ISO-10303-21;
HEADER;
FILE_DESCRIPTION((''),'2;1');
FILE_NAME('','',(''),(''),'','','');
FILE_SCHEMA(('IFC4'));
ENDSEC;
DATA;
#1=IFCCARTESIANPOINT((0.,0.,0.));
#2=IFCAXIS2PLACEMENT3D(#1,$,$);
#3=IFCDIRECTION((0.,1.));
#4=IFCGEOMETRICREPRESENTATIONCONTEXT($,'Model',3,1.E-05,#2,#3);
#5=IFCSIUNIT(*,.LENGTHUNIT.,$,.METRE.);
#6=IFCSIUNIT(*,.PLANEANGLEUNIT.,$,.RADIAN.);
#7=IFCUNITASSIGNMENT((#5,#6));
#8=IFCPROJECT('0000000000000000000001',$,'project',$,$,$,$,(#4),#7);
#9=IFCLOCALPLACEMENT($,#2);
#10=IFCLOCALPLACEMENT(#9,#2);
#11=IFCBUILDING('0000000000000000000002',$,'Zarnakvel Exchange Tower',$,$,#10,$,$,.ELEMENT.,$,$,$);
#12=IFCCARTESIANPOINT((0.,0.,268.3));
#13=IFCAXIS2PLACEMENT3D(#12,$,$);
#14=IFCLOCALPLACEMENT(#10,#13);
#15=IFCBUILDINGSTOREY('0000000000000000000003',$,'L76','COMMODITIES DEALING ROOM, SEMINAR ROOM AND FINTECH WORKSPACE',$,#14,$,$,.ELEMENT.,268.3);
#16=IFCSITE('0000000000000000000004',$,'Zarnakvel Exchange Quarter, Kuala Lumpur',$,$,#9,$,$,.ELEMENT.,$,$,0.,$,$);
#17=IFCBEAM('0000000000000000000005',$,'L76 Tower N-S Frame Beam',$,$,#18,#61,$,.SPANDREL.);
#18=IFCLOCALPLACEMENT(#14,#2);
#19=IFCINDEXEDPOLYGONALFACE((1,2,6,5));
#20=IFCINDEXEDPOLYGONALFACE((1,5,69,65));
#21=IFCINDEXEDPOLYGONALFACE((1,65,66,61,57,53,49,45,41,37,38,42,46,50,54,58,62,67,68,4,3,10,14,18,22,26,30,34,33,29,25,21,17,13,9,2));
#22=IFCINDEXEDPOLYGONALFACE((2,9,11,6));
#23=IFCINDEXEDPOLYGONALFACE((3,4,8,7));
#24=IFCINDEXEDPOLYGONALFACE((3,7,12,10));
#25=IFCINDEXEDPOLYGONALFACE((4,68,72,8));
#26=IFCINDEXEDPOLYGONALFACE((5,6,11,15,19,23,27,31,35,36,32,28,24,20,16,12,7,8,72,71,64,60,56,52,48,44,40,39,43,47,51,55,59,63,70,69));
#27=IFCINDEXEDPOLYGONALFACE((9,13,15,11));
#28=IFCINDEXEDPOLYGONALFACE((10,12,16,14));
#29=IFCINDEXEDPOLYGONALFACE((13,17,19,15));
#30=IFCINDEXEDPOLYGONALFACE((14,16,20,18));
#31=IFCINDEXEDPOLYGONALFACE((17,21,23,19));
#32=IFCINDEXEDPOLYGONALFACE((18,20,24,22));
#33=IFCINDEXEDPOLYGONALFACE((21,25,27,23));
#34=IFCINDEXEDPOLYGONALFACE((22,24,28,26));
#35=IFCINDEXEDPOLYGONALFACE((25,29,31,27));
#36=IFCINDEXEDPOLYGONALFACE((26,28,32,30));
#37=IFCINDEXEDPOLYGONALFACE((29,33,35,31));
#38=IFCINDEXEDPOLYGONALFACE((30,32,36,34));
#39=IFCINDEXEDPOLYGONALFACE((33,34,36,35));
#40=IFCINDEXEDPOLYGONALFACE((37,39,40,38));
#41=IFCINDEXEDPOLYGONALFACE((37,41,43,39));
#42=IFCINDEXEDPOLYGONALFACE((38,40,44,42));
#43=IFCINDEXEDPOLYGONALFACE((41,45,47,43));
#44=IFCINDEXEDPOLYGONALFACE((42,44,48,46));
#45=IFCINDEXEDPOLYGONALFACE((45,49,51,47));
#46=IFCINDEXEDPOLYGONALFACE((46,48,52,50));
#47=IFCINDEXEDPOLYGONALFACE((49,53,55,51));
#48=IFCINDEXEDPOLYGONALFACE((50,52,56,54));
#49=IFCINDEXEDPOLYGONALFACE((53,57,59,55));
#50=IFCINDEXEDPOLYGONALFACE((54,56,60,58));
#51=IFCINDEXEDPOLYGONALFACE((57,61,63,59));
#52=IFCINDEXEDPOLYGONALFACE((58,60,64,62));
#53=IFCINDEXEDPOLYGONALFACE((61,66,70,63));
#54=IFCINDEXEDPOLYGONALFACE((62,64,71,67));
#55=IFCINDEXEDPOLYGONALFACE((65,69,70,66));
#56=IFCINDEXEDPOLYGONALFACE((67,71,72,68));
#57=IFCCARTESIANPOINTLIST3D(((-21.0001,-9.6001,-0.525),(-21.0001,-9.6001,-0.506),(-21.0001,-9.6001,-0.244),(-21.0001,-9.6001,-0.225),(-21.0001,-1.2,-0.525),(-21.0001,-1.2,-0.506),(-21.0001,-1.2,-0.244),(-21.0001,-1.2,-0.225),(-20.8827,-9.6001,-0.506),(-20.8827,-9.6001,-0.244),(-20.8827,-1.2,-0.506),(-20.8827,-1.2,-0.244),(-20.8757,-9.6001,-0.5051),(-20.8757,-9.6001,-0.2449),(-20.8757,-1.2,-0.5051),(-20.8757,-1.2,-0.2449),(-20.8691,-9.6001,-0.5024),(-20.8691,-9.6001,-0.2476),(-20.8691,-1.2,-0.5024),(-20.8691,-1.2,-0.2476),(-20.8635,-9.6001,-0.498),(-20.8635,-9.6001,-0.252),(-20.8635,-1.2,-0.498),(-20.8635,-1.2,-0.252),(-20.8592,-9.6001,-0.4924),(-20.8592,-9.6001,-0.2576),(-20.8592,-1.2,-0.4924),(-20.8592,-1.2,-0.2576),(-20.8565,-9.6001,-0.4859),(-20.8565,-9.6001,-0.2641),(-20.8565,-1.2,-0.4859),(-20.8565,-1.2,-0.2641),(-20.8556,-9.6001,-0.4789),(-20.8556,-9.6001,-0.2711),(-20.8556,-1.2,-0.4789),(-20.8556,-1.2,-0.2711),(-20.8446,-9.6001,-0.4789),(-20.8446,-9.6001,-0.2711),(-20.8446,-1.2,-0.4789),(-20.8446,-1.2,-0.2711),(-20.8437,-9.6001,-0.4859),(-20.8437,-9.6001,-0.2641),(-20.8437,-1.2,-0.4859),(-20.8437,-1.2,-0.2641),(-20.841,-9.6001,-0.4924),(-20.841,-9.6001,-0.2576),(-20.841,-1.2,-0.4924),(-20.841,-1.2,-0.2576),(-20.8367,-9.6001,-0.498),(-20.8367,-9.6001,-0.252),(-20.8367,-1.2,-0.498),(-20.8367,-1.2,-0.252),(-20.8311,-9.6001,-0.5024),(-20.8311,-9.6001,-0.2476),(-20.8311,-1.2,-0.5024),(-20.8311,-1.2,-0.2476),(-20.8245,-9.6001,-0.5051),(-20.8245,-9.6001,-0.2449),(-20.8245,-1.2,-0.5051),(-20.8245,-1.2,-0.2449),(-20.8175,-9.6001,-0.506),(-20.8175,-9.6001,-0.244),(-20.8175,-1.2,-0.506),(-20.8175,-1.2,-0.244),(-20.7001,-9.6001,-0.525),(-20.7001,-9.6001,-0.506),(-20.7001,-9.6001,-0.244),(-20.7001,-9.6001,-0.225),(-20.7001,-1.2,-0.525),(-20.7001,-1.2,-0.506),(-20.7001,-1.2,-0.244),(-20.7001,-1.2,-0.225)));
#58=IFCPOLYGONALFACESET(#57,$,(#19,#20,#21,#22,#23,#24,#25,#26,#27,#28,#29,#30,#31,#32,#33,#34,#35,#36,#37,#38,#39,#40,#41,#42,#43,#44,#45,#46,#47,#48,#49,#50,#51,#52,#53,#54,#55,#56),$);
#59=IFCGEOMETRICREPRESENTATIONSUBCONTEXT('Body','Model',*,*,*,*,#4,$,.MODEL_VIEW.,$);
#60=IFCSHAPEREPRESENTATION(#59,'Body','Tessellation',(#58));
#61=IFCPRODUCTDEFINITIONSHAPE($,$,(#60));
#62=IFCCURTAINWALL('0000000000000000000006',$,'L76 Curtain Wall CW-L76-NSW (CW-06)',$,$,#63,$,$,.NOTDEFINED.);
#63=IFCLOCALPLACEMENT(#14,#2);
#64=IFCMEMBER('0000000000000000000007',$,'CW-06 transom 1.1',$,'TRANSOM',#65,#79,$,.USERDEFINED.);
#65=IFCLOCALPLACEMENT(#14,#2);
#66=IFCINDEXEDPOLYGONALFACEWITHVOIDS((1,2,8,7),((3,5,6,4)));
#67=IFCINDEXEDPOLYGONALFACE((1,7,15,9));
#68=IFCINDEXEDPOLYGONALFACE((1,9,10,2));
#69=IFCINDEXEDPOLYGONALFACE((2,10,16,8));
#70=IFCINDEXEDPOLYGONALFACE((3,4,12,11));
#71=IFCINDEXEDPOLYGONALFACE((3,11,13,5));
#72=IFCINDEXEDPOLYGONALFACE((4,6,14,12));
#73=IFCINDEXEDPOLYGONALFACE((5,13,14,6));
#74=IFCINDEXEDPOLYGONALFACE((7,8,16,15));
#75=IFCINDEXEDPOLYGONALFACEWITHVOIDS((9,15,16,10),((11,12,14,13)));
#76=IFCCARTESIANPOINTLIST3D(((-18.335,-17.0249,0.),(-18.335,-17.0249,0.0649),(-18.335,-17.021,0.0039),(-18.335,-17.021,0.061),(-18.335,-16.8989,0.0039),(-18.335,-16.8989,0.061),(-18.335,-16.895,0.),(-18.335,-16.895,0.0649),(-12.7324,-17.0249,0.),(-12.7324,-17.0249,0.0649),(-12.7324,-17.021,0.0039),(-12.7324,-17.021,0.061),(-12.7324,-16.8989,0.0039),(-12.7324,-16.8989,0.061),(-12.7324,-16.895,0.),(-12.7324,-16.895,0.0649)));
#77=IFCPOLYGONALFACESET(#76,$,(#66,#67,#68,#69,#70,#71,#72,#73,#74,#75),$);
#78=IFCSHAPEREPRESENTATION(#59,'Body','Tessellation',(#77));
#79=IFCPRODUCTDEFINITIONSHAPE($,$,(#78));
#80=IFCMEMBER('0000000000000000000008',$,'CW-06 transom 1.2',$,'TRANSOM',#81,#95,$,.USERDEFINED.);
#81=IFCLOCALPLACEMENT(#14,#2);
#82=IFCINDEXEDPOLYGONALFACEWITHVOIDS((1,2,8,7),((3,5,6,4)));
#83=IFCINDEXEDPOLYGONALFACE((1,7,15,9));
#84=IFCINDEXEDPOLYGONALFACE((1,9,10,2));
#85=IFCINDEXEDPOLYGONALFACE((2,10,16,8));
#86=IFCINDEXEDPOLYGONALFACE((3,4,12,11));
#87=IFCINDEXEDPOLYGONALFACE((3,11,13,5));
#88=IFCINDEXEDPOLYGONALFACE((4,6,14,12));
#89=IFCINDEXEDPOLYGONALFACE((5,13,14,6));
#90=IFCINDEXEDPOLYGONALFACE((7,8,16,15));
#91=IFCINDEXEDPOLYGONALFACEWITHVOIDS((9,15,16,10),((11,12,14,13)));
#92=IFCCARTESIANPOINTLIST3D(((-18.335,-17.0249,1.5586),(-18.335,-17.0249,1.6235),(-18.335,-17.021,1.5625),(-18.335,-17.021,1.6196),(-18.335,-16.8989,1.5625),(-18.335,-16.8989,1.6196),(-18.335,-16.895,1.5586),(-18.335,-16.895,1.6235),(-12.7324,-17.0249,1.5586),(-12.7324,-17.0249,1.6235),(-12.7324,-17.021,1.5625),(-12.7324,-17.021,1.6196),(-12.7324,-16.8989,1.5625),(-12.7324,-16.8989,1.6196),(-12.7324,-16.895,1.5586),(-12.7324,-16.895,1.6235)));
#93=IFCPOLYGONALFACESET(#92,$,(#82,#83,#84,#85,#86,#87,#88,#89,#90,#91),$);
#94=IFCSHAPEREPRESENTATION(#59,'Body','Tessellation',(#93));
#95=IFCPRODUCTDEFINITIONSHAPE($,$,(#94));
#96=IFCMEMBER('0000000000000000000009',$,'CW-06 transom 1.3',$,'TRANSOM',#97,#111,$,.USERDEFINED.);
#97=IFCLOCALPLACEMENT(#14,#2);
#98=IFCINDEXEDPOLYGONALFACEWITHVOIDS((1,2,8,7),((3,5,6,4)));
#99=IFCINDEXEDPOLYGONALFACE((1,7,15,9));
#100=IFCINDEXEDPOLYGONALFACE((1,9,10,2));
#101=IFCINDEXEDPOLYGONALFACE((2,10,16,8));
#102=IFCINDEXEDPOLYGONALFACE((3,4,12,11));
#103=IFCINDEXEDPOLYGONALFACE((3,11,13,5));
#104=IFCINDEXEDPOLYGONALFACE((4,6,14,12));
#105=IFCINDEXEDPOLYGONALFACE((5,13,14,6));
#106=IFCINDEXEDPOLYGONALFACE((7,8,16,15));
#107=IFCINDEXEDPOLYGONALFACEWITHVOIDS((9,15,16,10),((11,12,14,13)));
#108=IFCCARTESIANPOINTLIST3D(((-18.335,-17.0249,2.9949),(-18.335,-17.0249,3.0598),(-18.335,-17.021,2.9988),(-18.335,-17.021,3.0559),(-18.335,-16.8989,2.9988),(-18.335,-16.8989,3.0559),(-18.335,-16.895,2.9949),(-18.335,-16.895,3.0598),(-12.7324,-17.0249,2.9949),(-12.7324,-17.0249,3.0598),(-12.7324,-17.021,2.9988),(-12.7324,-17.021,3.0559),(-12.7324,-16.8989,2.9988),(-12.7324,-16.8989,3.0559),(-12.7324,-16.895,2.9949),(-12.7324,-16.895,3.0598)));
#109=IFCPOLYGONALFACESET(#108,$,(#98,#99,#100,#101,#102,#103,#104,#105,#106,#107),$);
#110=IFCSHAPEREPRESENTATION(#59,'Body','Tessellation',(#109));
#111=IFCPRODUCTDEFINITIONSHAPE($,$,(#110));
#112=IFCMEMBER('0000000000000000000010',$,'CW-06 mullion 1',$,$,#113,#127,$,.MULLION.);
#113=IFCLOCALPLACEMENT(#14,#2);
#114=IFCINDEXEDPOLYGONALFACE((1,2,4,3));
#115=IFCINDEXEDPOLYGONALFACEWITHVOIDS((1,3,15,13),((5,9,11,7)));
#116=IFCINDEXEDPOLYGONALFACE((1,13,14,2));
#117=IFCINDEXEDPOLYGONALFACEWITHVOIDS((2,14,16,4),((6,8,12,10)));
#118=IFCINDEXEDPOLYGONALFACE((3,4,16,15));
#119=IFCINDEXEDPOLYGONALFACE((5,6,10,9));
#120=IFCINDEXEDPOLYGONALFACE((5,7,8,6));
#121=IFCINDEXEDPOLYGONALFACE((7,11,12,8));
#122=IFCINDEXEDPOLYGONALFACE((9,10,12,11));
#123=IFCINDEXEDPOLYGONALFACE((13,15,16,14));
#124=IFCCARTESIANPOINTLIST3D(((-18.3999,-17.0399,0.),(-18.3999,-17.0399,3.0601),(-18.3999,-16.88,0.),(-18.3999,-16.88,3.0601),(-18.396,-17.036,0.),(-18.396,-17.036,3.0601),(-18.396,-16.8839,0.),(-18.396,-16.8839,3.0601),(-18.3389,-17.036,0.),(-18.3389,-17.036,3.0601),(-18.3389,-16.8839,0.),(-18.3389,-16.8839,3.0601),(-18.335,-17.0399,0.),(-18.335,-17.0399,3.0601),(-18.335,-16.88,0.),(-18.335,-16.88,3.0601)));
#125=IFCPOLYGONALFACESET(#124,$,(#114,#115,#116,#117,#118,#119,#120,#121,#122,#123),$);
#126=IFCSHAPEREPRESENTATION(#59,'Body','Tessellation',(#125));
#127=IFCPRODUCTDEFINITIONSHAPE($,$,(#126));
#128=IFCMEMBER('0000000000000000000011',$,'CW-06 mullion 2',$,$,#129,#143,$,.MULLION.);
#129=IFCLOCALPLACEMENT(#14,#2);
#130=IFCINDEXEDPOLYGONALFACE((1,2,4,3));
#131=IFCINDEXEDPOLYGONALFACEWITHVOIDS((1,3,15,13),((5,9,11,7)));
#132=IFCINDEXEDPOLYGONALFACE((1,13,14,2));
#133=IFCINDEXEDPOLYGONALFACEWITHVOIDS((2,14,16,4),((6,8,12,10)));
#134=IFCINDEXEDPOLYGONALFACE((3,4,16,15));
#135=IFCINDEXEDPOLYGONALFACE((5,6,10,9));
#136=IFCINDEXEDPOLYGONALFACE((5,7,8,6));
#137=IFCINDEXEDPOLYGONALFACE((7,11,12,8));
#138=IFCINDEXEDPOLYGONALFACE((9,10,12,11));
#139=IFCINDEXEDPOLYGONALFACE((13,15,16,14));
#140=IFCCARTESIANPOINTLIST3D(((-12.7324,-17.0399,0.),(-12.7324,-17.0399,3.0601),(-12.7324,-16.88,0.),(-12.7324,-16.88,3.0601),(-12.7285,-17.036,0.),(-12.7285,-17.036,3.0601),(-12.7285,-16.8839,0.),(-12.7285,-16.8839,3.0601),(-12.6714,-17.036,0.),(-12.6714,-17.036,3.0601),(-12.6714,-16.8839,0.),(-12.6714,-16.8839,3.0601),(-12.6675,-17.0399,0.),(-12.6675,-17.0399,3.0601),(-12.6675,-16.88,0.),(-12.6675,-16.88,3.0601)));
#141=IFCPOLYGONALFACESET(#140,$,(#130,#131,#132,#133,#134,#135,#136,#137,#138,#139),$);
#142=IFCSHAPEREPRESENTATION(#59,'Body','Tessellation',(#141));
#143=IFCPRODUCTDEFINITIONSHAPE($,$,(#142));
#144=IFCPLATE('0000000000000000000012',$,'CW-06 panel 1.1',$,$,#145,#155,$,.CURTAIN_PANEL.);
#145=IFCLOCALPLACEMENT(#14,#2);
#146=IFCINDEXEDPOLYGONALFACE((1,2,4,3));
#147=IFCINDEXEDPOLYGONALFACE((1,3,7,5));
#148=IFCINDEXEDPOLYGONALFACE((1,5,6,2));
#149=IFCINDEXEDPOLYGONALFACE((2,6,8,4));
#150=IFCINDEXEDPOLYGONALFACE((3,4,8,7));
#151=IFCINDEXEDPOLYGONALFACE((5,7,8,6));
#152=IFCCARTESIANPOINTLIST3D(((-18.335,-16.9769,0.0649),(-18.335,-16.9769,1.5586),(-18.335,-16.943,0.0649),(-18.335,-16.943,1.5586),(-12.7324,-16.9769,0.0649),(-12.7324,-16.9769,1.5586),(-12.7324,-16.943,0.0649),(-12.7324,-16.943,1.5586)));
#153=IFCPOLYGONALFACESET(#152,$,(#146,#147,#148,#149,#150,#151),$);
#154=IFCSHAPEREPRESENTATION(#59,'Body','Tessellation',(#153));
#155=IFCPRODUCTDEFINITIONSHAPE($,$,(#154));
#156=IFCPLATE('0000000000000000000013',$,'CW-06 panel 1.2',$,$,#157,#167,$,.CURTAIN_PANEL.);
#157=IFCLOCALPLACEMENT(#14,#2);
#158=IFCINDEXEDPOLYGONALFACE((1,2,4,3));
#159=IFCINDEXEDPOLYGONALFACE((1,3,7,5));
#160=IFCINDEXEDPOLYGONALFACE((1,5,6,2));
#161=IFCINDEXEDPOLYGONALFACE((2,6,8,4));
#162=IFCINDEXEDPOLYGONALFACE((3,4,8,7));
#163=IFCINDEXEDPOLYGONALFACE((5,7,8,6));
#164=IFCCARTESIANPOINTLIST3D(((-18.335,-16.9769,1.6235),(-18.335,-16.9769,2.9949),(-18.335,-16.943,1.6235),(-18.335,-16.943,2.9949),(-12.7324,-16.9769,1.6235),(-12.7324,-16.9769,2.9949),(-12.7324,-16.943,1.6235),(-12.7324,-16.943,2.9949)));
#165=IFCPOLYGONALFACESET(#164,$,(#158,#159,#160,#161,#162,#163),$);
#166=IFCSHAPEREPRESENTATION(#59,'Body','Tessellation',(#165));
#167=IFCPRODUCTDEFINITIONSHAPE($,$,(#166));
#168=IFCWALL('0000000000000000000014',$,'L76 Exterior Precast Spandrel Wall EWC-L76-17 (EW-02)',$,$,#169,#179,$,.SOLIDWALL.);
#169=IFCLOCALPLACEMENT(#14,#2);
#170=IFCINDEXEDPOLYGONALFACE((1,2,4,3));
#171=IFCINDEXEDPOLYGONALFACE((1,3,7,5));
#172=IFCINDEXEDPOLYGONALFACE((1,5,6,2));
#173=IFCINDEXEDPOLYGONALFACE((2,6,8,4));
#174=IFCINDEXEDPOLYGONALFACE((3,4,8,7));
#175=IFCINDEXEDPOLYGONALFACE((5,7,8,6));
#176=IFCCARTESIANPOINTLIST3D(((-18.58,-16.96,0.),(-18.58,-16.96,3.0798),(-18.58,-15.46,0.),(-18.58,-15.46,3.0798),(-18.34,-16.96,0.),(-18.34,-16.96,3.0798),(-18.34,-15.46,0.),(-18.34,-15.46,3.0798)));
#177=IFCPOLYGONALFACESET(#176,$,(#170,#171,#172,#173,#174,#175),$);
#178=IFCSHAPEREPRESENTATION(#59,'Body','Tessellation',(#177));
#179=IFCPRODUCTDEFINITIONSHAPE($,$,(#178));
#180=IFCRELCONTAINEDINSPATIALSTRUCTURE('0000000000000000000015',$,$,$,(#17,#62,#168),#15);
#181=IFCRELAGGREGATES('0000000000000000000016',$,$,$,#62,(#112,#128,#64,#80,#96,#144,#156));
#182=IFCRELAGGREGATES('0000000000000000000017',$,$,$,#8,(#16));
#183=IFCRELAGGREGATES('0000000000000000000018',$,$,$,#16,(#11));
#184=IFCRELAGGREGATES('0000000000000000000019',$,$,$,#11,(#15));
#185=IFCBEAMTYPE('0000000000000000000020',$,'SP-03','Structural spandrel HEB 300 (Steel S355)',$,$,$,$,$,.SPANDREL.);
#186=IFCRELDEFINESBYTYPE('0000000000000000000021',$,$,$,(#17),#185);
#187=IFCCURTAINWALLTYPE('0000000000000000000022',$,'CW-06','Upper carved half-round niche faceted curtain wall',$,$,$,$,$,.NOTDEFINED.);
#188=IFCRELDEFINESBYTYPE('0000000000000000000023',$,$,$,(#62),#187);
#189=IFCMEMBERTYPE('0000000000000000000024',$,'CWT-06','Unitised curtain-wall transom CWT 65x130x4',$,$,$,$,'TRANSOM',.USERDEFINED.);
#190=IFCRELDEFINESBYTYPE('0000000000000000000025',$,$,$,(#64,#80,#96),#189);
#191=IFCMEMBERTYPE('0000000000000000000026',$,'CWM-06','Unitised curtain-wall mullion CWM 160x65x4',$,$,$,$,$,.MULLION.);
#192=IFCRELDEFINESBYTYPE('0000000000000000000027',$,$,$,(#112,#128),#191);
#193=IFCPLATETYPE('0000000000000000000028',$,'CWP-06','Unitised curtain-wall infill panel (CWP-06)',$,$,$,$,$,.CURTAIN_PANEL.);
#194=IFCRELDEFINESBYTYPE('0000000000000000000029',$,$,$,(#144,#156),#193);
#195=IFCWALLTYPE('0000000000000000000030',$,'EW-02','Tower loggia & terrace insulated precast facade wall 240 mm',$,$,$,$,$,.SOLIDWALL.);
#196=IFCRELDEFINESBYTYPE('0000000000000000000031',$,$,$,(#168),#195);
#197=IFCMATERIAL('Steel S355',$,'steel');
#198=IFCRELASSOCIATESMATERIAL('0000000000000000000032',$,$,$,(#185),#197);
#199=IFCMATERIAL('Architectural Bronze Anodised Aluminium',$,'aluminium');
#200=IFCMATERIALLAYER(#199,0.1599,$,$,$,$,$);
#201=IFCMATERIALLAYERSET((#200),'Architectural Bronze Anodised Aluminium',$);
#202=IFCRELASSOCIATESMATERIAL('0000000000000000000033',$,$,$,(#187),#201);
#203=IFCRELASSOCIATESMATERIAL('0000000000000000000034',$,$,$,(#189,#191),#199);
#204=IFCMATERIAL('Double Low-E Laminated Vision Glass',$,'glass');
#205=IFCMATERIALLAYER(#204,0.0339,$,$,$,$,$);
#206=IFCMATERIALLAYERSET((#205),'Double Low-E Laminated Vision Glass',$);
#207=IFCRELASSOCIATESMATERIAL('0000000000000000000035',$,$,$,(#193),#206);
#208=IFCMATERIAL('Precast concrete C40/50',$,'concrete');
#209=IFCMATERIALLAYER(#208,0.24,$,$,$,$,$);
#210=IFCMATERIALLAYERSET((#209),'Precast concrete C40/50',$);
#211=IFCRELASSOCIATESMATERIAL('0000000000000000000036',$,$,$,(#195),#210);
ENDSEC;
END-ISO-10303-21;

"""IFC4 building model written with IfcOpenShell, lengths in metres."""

from ifc_helpers import new_model, si_unit, direction, frame, frame_2d, origin, origin_2d, place, context, subcontext, project, spatial, rectangle, hollow_rectangle, i_section, extrude, source, transform, mapped, material, layer, layer_set, material_profile, profile_set, type_object, element, aggregate, save


model = new_model("IFC4")

# Units and contexts
model_context = context("Model", 3, precision=1e-05, world=origin(), true_north=direction((0.0, 1.0)))
body_context = subcontext(model_context, "Body", "Model", "MODEL_VIEW")
ifc_project = project(units=[si_unit("LENGTHUNIT", "METRE"), si_unit("PLANEANGLEUNIT", "RADIAN")], contexts=[model_context])

# Site, building, storey
site_placement = place(None, origin())
site = spatial("IfcSite", under=ifc_project, at=site_placement, Name="Zarnakvel Exchange Quarter, Kuala Lumpur", CompositionType="ELEMENT", RefElevation=0.0)
building_placement = place(site_placement, origin())
building = spatial("IfcBuilding", under=site, at=building_placement, Name="Zarnakvel Exchange Tower", CompositionType="ELEMENT")
storey_placement = place(building_placement, frame((0.0, 0.0, 268.3)))
storey = spatial("IfcBuildingStorey", under=building, at=storey_placement, Name="L76", Description="COMMODITIES DEALING ROOM, SEMINAR ROOM AND FINTECH WORKSPACE", CompositionType="ELEMENT", Elevation=268.3)

# Shared definitions
ifc_material_1 = material(Name="Steel S355", Category="steel")

# Beam
ifc_material_profile_1 = material_profile(ifc_material_1, i_section(OverallWidth=0.3, OverallDepth=0.3, WebThickness=0.011, FlangeThickness=0.019, FilletRadius=0.0271, at=origin_2d()))
ifc_profile_set_1 = profile_set([ifc_material_profile_1], Name="Steel S355")
beam_type_1 = type_object("IfcBeamType", Name="SP-03", Description="Structural spandrel HEB 300 (Steel S355)", PredefinedType="SPANDREL", material=ifc_profile_set_1)
beam_1_placement = place(storey_placement, frame((-20.8501, -9.6001, -0.375), z_axis=(0.0, 1.0, 0.0), x_axis=(-1.0, 0.0, 0.0)))
element("IfcBeam", 1, at=beam_1_placement, inside=storey, type_object=beam_type_1, Name="L76 Tower N-S Frame Beam", PredefinedType="SPANDREL", context=body_context, shape_type="SweptSolid", body=[
    extrude(i_section(OverallWidth=0.3, OverallDepth=0.3, WebThickness=0.011, FlangeThickness=0.019, FilletRadius=0.0271, at=origin_2d()), origin(), (0.0, 0.0, 1.0), 8.4001),
])

# Curtain wall, members, plates
ifc_material_2 = material(Name="Architectural Bronze Anodised Aluminium", Category="aluminium")
ifc_layer_1 = layer(ifc_material_2, 0.1599)
ifc_layer_set_1 = layer_set([ifc_layer_1], Name="Architectural Bronze Anodised Aluminium")
curtain_wall_type = type_object("IfcCurtainWallType", Name="CW-06", Description="Upper carved half-round niche faceted curtain wall", PredefinedType="NOTDEFINED", material=ifc_layer_set_1)
curtain_wall_placement = place(storey_placement, origin())
curtain_wall = element("IfcCurtainWall", 2, at=curtain_wall_placement, inside=storey, type_object=curtain_wall_type, Name="L76 Curtain Wall CW-L76-NSW (CW-06)", PredefinedType="NOTDEFINED")
ifc_material_profile_2 = material_profile(ifc_material_2, hollow_rectangle(XDim=0.1299, YDim=0.0649, WallThickness=0.0039, at=origin_2d()))
ifc_profile_set_2 = profile_set([ifc_material_profile_2], Name="Architectural Bronze Anodised Aluminium")
member_type_1 = type_object("IfcMemberType", Name="CWT-06", Description="Unitised curtain-wall transom CWT 65x130x4", ElementType="TRANSOM", PredefinedType="USERDEFINED", material=ifc_profile_set_2)
shared_shape_1 = source(origin(), body_context, "Body", "SweptSolid", [
    extrude(hollow_rectangle(XDim=0.1299, YDim=0.0649, WallThickness=0.0039, at=origin_2d()), origin(), (0.0, 0.0, 1.0), 5.6025),
])
member_1_placement = place(storey_placement, frame((-18.335, -16.96, 0.0325), z_axis=(1.0, 0.0, 0.0), x_axis=(0.0, 1.0, 0.0)))
member_1 = element("IfcMember", 3, at=member_1_placement, type_object=member_type_1, Name="CW-06 transom 1.1", ObjectType="TRANSOM", PredefinedType="USERDEFINED", context=body_context, shape_type="MappedRepresentation", body=[
    mapped(shared_shape_1, transform((0.0, 0.0, 0.0), x_axis=(1.0, 0.0, 0.0), y_axis=(0.0, 1.0, 0.0), z_axis=(0.0, 0.0, 1.0), scale=1.0)),
])
member_2_placement = place(storey_placement, frame((-18.335, -16.96, 1.5911), z_axis=(1.0, 0.0, 0.0), x_axis=(0.0, 1.0, 0.0)))
member_2 = element("IfcMember", 4, at=member_2_placement, type_object=member_type_1, Name="CW-06 transom 1.2", ObjectType="TRANSOM", PredefinedType="USERDEFINED", context=body_context, shape_type="MappedRepresentation", body=[
    mapped(shared_shape_1, transform((0.0, 0.0, 0.0), x_axis=(1.0, 0.0, 0.0), y_axis=(0.0, 1.0, 0.0), z_axis=(0.0, 0.0, 1.0), scale=1.0)),
])
member_3_placement = place(storey_placement, frame((-18.335, -16.96, 3.0273), z_axis=(1.0, 0.0, 0.0), x_axis=(0.0, 1.0, 0.0)))
member_3 = element("IfcMember", 5, at=member_3_placement, type_object=member_type_1, Name="CW-06 transom 1.3", ObjectType="TRANSOM", PredefinedType="USERDEFINED", context=body_context, shape_type="MappedRepresentation", body=[
    mapped(shared_shape_1, transform((0.0, 0.0, 0.0), x_axis=(1.0, 0.0, 0.0), y_axis=(0.0, 1.0, 0.0), z_axis=(0.0, 0.0, 1.0), scale=1.0)),
])
ifc_material_profile_3 = material_profile(ifc_material_2, hollow_rectangle(XDim=0.1599, YDim=0.0649, WallThickness=0.0039, at=origin_2d()))
ifc_profile_set_3 = profile_set([ifc_material_profile_3], Name="Architectural Bronze Anodised Aluminium")
member_type_2 = type_object("IfcMemberType", Name="CWM-06", Description="Unitised curtain-wall mullion CWM 160x65x4", PredefinedType="MULLION", material=ifc_profile_set_3)
shared_shape_2 = source(origin(), body_context, "Body", "SweptSolid", [
    extrude(hollow_rectangle(XDim=0.1599, YDim=0.0649, WallThickness=0.0039, at=origin_2d()), origin(), (0.0, 0.0, 1.0), 3.0601),
])
member_4_placement = place(storey_placement, frame((-18.3674, -16.96, 0.0), z_axis=(0.0, 0.0, 1.0), x_axis=(0.0, 1.0, 0.0)))
member_4 = element("IfcMember", 6, at=member_4_placement, type_object=member_type_2, Name="CW-06 mullion 1", PredefinedType="MULLION", context=body_context, shape_type="MappedRepresentation", body=[
    mapped(shared_shape_2, transform((0.0, 0.0, 0.0), x_axis=(1.0, 0.0, 0.0), y_axis=(0.0, 1.0, 0.0), z_axis=(0.0, 0.0, 1.0), scale=1.0)),
])
member_5_placement = place(storey_placement, frame((-12.7, -16.96, 0.0), z_axis=(0.0, 0.0, 1.0), x_axis=(0.0, 1.0, 0.0)))
member_5 = element("IfcMember", 7, at=member_5_placement, type_object=member_type_2, Name="CW-06 mullion 2", PredefinedType="MULLION", context=body_context, shape_type="MappedRepresentation", body=[
    mapped(shared_shape_2, transform((0.0, 0.0, 0.0), x_axis=(1.0, 0.0, 0.0), y_axis=(0.0, 1.0, 0.0), z_axis=(0.0, 0.0, 1.0), scale=1.0)),
])
ifc_material_3 = material(Name="Double Low-E Laminated Vision Glass", Category="glass")
ifc_layer_2 = layer(ifc_material_3, 0.0339)
ifc_layer_set_2 = layer_set([ifc_layer_2], Name="Double Low-E Laminated Vision Glass")
plate_type = type_object("IfcPlateType", Name="CWP-06", Description="Unitised curtain-wall infill panel (CWP-06)", PredefinedType="CURTAIN_PANEL", material=ifc_layer_set_2)
shared_shape_3 = source(origin(), body_context, "Body", "SweptSolid", [
    extrude(rectangle(XDim=5.6025, YDim=0.0339, at=origin_2d()), origin(), (0.0, 0.0, 1.0), 1.4937),
])
plate_1_placement = place(storey_placement, frame((-15.5337, -16.96, 0.0649), z_axis=(0.0, 0.0, 1.0), x_axis=(1.0, 0.0, 0.0)))
plate_1 = element("IfcPlate", 8, at=plate_1_placement, type_object=plate_type, Name="CW-06 panel 1.1", PredefinedType="CURTAIN_PANEL", context=body_context, shape_type="MappedRepresentation", body=[
    mapped(shared_shape_3, transform((0.0, 0.0, 0.0), x_axis=(1.0, 0.0, 0.0), y_axis=(0.0, 1.0, 0.0), z_axis=(0.0, 0.0, 1.0), scale=1.0)),
])
shared_shape_4 = source(origin(), body_context, "Body", "SweptSolid", [
    extrude(rectangle(XDim=5.6025, YDim=0.0339, at=origin_2d()), origin(), (0.0, 0.0, 1.0), 1.3713),
])
plate_2_placement = place(storey_placement, frame((-15.5337, -16.96, 1.6235), z_axis=(0.0, 0.0, 1.0), x_axis=(1.0, 0.0, 0.0)))
plate_2 = element("IfcPlate", 9, at=plate_2_placement, type_object=plate_type, Name="CW-06 panel 1.2", PredefinedType="CURTAIN_PANEL", context=body_context, shape_type="MappedRepresentation", body=[
    mapped(shared_shape_4, transform((0.0, 0.0, 0.0), x_axis=(1.0, 0.0, 0.0), y_axis=(0.0, 1.0, 0.0), z_axis=(0.0, 0.0, 1.0), scale=1.0)),
])
aggregate(curtain_wall, [member_4, member_5, member_1, member_2, member_3, plate_1, plate_2])

# Wall
ifc_material_4 = material(Name="Precast concrete C40/50", Category="concrete")
ifc_layer_3 = layer(ifc_material_4, 0.24)
ifc_layer_set_3 = layer_set([ifc_layer_3], Name="Precast concrete C40/50")
wall_type_1 = type_object("IfcWallType", Name="EW-02", Description="Tower loggia & terrace insulated precast facade wall 240 mm", PredefinedType="SOLIDWALL", material=ifc_layer_set_3)
for number, where, z_axis, x_axis, name in (
    (10, (-18.46, -15.46, 0.0), (0.0, 0.0, 1.0), (0.0, -1.0, 0.0), "L76 Exterior Precast Spandrel Wall EWC-L76-17 (EW-02)"),
):
    element("IfcWall", number, at=place(storey_placement, frame(where, z_axis=z_axis, x_axis=x_axis)), inside=storey, type_object=wall_type_1, Name=name, PredefinedType="SOLIDWALL", context=body_context, shape_type="SweptSolid", body=[
        extrude(rectangle(XDim=1.5, YDim=0.24, at=frame_2d((0.75, 0.0))), origin(), (0.0, 0.0, 1.0), 3.0798),
    ])

save(model, "model.ifc")
